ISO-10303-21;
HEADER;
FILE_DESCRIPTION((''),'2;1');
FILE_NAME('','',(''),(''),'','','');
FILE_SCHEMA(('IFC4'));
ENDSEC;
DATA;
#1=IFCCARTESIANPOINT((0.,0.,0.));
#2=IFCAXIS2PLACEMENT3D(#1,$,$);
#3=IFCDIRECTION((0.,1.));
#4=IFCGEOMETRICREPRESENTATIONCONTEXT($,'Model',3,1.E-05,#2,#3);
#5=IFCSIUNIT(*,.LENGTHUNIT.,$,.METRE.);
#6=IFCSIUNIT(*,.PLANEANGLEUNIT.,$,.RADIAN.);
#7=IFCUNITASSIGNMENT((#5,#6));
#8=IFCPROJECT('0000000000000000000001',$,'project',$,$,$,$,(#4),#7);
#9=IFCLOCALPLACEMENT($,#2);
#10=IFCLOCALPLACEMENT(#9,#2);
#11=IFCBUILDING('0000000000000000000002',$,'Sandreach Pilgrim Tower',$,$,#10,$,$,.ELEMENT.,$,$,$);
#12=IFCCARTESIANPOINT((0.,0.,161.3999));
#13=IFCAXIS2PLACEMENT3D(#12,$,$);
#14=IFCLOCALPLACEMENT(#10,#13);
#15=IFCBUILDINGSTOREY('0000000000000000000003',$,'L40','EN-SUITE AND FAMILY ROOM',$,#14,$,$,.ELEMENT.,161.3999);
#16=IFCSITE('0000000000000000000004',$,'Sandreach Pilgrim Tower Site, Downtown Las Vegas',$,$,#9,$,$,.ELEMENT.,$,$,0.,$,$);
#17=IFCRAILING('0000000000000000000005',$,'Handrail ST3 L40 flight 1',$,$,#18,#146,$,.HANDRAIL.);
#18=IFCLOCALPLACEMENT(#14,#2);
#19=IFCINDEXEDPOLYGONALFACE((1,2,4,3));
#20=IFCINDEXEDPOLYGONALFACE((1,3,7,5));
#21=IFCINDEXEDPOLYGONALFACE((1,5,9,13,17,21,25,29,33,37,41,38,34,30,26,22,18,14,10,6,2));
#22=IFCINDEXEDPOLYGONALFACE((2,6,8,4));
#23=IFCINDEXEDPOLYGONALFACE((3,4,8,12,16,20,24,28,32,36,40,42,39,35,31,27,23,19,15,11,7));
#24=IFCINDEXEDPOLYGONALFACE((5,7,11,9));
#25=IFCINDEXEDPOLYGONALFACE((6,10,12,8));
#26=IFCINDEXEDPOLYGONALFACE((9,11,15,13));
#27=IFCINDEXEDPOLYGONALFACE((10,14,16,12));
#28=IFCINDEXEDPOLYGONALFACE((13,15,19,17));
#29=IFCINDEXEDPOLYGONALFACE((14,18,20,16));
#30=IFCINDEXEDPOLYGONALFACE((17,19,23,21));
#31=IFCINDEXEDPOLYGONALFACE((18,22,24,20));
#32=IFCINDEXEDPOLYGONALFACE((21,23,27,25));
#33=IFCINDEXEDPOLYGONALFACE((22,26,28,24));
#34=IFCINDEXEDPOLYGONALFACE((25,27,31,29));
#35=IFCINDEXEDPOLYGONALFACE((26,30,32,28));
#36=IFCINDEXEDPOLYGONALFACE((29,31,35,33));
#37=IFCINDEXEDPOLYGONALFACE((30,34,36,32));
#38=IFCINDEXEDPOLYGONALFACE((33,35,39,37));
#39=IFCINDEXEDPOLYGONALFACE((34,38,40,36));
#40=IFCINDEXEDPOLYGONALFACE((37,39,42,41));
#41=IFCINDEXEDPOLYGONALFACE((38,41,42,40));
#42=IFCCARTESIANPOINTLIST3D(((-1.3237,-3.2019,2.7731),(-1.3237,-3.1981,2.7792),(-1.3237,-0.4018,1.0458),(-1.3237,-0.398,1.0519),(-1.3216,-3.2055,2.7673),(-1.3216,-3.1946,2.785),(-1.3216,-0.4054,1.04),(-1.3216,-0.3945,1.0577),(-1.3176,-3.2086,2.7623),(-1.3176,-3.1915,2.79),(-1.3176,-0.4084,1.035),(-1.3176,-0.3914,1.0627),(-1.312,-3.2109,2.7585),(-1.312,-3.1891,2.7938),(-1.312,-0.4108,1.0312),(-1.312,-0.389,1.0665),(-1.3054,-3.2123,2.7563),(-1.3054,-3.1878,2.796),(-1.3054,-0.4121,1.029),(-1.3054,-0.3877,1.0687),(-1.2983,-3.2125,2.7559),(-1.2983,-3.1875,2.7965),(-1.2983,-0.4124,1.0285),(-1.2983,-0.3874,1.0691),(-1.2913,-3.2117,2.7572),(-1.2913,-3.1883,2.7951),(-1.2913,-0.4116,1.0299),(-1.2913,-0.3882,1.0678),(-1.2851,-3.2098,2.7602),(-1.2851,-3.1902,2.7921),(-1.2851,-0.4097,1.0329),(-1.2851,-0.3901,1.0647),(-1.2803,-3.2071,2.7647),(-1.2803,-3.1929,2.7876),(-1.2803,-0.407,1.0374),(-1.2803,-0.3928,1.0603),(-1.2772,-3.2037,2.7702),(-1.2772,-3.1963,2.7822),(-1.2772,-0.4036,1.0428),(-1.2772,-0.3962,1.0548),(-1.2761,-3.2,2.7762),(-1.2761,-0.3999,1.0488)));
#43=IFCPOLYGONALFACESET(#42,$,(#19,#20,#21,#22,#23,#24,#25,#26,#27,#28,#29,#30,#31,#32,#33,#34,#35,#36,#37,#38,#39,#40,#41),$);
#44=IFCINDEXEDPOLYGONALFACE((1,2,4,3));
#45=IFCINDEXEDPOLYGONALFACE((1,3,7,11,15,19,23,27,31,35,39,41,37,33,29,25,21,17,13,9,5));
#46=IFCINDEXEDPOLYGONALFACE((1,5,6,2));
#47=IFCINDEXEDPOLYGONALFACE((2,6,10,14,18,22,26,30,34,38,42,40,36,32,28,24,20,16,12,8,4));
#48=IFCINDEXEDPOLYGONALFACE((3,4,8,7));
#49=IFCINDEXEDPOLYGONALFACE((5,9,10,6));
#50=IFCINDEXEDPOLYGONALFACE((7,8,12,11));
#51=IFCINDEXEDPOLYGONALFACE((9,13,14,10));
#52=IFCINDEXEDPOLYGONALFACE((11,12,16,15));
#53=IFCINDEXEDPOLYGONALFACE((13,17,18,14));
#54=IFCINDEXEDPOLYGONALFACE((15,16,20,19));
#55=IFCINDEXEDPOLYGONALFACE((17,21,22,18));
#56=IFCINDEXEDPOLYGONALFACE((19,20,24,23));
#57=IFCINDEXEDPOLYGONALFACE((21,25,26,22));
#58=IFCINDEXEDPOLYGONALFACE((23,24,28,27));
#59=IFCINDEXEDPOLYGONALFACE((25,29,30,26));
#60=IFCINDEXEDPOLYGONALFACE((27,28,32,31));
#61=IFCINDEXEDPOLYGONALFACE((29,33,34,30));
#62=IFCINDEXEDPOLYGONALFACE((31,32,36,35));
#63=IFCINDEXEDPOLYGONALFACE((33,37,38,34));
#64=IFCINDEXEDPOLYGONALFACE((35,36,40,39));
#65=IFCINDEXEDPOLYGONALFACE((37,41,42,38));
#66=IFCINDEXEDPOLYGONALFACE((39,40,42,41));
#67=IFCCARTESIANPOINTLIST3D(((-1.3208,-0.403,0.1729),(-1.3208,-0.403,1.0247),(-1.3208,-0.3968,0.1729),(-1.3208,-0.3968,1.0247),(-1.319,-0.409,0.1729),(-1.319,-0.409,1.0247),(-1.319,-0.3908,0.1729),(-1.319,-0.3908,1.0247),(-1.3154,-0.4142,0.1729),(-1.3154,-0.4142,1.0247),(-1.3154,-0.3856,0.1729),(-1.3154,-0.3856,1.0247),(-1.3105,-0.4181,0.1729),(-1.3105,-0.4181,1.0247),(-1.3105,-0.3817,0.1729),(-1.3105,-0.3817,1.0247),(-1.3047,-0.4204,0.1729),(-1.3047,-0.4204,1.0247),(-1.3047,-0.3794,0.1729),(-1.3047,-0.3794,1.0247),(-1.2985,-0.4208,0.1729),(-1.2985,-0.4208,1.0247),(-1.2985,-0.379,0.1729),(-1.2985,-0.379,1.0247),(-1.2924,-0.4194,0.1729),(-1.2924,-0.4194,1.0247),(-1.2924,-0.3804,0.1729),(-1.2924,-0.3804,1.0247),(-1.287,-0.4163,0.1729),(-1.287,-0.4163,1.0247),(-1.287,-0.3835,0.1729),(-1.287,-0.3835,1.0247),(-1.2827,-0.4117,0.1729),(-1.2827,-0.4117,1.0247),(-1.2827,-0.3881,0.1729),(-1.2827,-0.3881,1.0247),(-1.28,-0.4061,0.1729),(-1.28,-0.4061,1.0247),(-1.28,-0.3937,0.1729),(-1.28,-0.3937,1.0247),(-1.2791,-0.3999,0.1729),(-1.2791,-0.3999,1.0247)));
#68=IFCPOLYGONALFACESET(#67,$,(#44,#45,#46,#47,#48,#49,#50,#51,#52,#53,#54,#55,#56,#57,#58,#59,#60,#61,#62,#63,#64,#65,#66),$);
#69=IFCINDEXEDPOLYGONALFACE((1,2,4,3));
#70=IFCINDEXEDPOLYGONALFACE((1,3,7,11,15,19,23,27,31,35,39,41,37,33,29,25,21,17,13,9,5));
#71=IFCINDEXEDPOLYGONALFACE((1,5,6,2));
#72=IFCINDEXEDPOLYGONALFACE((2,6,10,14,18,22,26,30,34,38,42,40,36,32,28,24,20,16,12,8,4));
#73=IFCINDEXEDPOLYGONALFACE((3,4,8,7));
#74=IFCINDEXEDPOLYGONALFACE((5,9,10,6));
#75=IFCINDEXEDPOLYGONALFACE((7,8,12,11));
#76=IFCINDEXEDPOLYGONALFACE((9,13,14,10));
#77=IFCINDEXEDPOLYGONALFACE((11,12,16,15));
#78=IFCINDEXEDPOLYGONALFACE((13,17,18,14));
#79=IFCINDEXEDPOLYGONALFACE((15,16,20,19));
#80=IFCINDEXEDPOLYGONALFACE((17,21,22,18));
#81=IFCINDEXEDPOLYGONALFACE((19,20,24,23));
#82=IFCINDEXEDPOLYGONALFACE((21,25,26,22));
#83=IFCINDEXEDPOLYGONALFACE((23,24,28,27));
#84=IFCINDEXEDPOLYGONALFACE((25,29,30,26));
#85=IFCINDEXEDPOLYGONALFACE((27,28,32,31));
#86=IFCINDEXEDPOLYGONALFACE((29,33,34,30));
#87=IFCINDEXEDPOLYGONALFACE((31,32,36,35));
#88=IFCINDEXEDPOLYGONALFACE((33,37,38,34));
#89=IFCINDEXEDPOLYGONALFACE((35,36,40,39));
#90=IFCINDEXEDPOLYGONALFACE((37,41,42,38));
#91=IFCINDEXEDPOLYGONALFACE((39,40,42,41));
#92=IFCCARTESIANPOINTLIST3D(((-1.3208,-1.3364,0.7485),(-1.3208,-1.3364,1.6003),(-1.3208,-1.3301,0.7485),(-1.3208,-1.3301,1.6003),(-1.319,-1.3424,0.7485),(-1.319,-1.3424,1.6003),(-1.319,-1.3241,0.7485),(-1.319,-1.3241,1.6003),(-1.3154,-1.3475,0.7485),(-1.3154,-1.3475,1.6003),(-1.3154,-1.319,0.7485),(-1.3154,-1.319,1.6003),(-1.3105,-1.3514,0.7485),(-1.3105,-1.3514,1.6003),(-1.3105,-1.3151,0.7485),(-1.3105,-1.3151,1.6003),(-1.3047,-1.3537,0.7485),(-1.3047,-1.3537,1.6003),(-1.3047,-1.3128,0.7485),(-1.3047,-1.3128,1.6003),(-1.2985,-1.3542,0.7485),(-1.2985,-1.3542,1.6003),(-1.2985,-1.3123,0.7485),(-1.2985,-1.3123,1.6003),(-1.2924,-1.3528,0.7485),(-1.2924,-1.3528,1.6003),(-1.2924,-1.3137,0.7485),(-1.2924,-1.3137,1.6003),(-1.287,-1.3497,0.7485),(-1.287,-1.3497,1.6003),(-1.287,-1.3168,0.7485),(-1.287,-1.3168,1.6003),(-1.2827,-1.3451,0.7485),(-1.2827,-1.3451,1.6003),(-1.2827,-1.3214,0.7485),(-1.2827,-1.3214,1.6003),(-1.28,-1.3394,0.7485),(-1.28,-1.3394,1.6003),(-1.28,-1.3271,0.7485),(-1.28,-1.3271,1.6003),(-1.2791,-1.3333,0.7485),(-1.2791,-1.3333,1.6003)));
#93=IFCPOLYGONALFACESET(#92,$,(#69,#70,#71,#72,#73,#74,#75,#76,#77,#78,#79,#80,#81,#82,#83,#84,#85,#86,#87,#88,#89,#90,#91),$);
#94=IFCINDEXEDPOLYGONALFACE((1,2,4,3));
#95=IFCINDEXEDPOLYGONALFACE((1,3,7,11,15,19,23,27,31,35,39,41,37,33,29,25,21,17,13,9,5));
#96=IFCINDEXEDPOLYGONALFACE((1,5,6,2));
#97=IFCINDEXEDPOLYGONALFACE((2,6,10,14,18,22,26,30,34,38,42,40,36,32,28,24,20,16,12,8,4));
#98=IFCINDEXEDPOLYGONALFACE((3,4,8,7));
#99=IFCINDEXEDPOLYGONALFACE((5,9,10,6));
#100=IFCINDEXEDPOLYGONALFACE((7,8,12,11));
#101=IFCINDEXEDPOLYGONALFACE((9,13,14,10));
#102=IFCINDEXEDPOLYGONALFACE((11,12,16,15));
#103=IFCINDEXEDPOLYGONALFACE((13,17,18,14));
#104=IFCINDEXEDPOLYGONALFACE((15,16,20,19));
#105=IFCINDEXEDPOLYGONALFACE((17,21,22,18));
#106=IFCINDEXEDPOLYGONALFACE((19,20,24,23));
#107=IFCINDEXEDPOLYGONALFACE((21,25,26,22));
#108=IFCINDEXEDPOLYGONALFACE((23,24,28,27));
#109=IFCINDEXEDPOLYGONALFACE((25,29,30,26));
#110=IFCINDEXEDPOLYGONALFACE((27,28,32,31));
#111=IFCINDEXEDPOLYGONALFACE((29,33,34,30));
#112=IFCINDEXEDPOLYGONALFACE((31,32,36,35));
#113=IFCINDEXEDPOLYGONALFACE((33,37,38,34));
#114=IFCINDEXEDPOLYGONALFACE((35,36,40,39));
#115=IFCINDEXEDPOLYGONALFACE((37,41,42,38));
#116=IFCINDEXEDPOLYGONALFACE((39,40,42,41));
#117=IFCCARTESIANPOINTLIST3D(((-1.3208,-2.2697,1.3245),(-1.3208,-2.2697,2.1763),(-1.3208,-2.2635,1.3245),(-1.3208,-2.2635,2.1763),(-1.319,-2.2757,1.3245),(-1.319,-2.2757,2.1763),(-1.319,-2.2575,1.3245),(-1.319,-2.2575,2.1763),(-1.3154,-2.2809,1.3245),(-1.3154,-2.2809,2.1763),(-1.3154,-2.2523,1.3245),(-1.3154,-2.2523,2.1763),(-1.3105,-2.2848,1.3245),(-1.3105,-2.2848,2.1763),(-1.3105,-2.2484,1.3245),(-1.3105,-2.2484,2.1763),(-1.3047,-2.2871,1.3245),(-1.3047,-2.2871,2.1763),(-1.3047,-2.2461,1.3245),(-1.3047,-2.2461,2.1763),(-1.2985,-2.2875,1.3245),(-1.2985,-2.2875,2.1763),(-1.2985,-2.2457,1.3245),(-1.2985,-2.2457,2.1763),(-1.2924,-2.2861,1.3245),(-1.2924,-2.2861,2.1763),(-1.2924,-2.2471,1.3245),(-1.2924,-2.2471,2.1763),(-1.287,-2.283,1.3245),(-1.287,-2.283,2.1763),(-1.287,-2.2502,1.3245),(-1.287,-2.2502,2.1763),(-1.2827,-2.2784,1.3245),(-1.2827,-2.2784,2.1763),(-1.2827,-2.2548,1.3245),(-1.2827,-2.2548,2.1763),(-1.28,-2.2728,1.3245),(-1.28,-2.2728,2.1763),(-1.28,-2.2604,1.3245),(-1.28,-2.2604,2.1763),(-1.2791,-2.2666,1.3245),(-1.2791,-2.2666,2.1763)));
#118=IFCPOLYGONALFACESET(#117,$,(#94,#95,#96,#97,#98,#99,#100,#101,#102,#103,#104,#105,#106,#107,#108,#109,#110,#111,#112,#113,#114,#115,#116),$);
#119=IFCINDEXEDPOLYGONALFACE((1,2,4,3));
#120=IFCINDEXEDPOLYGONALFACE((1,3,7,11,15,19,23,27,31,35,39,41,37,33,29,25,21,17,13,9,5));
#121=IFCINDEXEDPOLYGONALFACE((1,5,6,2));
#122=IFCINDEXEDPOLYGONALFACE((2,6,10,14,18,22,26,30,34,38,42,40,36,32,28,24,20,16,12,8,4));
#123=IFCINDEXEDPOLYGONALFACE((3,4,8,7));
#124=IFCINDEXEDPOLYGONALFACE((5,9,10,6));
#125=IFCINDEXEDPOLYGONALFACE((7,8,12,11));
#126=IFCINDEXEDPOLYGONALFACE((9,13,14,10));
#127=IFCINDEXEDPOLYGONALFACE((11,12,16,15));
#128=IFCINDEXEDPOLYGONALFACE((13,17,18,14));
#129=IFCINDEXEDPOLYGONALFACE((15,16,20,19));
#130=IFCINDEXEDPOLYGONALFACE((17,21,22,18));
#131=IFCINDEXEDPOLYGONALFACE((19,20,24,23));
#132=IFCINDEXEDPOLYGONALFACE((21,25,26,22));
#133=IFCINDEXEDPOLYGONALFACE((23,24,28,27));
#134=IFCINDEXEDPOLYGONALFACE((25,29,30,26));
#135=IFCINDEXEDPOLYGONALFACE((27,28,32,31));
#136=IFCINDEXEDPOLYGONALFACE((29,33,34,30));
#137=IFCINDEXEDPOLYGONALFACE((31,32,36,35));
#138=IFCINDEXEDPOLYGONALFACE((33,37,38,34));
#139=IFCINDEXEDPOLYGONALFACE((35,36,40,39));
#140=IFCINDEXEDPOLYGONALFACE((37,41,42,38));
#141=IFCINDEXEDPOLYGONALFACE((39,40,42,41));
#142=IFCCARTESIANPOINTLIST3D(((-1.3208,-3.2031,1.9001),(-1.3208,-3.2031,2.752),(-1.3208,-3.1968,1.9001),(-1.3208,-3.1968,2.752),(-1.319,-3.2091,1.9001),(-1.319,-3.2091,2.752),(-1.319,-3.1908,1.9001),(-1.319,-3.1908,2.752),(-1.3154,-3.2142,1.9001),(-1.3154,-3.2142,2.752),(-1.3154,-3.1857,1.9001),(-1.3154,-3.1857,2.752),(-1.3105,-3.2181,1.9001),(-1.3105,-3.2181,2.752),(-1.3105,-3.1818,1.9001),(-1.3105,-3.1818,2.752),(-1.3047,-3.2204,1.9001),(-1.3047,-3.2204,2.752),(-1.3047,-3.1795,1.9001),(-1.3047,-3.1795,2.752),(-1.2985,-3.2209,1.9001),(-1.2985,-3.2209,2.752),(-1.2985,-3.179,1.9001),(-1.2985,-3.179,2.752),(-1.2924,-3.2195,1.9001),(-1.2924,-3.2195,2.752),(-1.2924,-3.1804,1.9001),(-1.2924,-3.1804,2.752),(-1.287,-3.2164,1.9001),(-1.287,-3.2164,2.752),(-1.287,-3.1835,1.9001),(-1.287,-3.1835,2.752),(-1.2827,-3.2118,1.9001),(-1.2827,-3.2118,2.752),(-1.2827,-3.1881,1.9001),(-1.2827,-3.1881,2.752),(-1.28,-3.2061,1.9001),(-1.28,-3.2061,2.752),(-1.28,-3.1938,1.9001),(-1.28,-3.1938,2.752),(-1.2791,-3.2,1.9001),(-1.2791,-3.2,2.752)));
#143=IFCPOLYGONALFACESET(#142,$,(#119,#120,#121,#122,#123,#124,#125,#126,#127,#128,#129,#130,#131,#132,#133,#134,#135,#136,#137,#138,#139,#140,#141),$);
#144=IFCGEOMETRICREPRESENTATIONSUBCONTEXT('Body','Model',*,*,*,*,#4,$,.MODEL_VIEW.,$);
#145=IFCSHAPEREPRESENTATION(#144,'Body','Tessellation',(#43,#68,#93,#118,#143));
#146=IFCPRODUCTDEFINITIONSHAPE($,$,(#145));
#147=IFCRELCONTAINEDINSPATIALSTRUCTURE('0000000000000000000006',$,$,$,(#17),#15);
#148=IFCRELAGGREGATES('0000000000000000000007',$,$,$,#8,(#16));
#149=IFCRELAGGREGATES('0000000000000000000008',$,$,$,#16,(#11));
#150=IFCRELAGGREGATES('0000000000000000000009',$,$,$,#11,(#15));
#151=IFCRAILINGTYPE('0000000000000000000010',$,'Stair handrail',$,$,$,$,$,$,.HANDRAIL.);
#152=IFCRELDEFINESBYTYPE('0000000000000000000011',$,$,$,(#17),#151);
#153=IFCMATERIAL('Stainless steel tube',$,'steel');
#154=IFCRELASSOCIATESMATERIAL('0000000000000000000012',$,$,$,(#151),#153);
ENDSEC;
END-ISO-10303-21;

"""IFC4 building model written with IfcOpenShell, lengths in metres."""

from ifc_helpers import new_model, si_unit, direction, frame, origin, origin_2d, place, context, subcontext, project, spatial, circle, extrude, material, type_object, element, save


model = new_model("IFC4")

# Units and contexts
model_context = context("Model", 3, precision=1e-05, world=origin(), true_north=direction((0.0, 1.0)))
body_context = subcontext(model_context, "Body", "Model", "MODEL_VIEW")
ifc_project = project(units=[si_unit("LENGTHUNIT", "METRE"), si_unit("PLANEANGLEUNIT", "RADIAN")], contexts=[model_context])

# Site, building, storey
site_placement = place(None, origin())
site = spatial("IfcSite", under=ifc_project, at=site_placement, Name="Sandreach Pilgrim Tower Site, Downtown Las Vegas", CompositionType="ELEMENT", RefElevation=0.0)
building_placement = place(site_placement, origin())
building = spatial("IfcBuilding", under=site, at=building_placement, Name="Sandreach Pilgrim Tower", CompositionType="ELEMENT")
storey_placement = place(building_placement, frame((0.0, 0.0, 161.3999)))
storey = spatial("IfcBuildingStorey", under=building, at=storey_placement, Name="L40", Description="EN-SUITE AND FAMILY ROOM", CompositionType="ELEMENT", Elevation=161.3999)

# Railing
ifc_material_1 = material(Name="Stainless steel tube", Category="steel")
railing_type = type_object("IfcRailingType", Name="Stair handrail", PredefinedType="HANDRAIL", material=ifc_material_1)
for number, where, name in (
    (1, (-1.3, -0.3999, 0.1729), "Handrail ST3 L40 flight 1"),
):
    element("IfcRailing", number, at=place(storey_placement, frame(where)), inside=storey, type_object=railing_type, Name=name, PredefinedType="HANDRAIL", context=body_context, shape_type="SweptSolid", body=[
        extrude(circle(Radius=0.0239, at=origin_2d()), frame((0.0, 0.0, 0.876), z_axis=(0.0, -0.85109, 0.52502), x_axis=(1.0, 0.0, 0.0)), (0.0, 0.0, 1.0), 3.29),
        extrude(circle(Radius=0.021, at=origin_2d()), origin(), (0.0, 0.0, 1.0), 0.8518),
        extrude(circle(Radius=0.021, at=origin_2d()), frame((0.0, -0.9333, 0.5757)), (0.0, 0.0, 1.0), 0.8518),
        extrude(circle(Radius=0.021, at=origin_2d()), frame((0.0, -1.8667, 1.1516)), (0.0, 0.0, 1.0), 0.8518),
        extrude(circle(Radius=0.021, at=origin_2d()), frame((0.0, -2.8, 1.7273)), (0.0, 0.0, 1.0), 0.8518),
    ])

save(model, "model.ifc")
